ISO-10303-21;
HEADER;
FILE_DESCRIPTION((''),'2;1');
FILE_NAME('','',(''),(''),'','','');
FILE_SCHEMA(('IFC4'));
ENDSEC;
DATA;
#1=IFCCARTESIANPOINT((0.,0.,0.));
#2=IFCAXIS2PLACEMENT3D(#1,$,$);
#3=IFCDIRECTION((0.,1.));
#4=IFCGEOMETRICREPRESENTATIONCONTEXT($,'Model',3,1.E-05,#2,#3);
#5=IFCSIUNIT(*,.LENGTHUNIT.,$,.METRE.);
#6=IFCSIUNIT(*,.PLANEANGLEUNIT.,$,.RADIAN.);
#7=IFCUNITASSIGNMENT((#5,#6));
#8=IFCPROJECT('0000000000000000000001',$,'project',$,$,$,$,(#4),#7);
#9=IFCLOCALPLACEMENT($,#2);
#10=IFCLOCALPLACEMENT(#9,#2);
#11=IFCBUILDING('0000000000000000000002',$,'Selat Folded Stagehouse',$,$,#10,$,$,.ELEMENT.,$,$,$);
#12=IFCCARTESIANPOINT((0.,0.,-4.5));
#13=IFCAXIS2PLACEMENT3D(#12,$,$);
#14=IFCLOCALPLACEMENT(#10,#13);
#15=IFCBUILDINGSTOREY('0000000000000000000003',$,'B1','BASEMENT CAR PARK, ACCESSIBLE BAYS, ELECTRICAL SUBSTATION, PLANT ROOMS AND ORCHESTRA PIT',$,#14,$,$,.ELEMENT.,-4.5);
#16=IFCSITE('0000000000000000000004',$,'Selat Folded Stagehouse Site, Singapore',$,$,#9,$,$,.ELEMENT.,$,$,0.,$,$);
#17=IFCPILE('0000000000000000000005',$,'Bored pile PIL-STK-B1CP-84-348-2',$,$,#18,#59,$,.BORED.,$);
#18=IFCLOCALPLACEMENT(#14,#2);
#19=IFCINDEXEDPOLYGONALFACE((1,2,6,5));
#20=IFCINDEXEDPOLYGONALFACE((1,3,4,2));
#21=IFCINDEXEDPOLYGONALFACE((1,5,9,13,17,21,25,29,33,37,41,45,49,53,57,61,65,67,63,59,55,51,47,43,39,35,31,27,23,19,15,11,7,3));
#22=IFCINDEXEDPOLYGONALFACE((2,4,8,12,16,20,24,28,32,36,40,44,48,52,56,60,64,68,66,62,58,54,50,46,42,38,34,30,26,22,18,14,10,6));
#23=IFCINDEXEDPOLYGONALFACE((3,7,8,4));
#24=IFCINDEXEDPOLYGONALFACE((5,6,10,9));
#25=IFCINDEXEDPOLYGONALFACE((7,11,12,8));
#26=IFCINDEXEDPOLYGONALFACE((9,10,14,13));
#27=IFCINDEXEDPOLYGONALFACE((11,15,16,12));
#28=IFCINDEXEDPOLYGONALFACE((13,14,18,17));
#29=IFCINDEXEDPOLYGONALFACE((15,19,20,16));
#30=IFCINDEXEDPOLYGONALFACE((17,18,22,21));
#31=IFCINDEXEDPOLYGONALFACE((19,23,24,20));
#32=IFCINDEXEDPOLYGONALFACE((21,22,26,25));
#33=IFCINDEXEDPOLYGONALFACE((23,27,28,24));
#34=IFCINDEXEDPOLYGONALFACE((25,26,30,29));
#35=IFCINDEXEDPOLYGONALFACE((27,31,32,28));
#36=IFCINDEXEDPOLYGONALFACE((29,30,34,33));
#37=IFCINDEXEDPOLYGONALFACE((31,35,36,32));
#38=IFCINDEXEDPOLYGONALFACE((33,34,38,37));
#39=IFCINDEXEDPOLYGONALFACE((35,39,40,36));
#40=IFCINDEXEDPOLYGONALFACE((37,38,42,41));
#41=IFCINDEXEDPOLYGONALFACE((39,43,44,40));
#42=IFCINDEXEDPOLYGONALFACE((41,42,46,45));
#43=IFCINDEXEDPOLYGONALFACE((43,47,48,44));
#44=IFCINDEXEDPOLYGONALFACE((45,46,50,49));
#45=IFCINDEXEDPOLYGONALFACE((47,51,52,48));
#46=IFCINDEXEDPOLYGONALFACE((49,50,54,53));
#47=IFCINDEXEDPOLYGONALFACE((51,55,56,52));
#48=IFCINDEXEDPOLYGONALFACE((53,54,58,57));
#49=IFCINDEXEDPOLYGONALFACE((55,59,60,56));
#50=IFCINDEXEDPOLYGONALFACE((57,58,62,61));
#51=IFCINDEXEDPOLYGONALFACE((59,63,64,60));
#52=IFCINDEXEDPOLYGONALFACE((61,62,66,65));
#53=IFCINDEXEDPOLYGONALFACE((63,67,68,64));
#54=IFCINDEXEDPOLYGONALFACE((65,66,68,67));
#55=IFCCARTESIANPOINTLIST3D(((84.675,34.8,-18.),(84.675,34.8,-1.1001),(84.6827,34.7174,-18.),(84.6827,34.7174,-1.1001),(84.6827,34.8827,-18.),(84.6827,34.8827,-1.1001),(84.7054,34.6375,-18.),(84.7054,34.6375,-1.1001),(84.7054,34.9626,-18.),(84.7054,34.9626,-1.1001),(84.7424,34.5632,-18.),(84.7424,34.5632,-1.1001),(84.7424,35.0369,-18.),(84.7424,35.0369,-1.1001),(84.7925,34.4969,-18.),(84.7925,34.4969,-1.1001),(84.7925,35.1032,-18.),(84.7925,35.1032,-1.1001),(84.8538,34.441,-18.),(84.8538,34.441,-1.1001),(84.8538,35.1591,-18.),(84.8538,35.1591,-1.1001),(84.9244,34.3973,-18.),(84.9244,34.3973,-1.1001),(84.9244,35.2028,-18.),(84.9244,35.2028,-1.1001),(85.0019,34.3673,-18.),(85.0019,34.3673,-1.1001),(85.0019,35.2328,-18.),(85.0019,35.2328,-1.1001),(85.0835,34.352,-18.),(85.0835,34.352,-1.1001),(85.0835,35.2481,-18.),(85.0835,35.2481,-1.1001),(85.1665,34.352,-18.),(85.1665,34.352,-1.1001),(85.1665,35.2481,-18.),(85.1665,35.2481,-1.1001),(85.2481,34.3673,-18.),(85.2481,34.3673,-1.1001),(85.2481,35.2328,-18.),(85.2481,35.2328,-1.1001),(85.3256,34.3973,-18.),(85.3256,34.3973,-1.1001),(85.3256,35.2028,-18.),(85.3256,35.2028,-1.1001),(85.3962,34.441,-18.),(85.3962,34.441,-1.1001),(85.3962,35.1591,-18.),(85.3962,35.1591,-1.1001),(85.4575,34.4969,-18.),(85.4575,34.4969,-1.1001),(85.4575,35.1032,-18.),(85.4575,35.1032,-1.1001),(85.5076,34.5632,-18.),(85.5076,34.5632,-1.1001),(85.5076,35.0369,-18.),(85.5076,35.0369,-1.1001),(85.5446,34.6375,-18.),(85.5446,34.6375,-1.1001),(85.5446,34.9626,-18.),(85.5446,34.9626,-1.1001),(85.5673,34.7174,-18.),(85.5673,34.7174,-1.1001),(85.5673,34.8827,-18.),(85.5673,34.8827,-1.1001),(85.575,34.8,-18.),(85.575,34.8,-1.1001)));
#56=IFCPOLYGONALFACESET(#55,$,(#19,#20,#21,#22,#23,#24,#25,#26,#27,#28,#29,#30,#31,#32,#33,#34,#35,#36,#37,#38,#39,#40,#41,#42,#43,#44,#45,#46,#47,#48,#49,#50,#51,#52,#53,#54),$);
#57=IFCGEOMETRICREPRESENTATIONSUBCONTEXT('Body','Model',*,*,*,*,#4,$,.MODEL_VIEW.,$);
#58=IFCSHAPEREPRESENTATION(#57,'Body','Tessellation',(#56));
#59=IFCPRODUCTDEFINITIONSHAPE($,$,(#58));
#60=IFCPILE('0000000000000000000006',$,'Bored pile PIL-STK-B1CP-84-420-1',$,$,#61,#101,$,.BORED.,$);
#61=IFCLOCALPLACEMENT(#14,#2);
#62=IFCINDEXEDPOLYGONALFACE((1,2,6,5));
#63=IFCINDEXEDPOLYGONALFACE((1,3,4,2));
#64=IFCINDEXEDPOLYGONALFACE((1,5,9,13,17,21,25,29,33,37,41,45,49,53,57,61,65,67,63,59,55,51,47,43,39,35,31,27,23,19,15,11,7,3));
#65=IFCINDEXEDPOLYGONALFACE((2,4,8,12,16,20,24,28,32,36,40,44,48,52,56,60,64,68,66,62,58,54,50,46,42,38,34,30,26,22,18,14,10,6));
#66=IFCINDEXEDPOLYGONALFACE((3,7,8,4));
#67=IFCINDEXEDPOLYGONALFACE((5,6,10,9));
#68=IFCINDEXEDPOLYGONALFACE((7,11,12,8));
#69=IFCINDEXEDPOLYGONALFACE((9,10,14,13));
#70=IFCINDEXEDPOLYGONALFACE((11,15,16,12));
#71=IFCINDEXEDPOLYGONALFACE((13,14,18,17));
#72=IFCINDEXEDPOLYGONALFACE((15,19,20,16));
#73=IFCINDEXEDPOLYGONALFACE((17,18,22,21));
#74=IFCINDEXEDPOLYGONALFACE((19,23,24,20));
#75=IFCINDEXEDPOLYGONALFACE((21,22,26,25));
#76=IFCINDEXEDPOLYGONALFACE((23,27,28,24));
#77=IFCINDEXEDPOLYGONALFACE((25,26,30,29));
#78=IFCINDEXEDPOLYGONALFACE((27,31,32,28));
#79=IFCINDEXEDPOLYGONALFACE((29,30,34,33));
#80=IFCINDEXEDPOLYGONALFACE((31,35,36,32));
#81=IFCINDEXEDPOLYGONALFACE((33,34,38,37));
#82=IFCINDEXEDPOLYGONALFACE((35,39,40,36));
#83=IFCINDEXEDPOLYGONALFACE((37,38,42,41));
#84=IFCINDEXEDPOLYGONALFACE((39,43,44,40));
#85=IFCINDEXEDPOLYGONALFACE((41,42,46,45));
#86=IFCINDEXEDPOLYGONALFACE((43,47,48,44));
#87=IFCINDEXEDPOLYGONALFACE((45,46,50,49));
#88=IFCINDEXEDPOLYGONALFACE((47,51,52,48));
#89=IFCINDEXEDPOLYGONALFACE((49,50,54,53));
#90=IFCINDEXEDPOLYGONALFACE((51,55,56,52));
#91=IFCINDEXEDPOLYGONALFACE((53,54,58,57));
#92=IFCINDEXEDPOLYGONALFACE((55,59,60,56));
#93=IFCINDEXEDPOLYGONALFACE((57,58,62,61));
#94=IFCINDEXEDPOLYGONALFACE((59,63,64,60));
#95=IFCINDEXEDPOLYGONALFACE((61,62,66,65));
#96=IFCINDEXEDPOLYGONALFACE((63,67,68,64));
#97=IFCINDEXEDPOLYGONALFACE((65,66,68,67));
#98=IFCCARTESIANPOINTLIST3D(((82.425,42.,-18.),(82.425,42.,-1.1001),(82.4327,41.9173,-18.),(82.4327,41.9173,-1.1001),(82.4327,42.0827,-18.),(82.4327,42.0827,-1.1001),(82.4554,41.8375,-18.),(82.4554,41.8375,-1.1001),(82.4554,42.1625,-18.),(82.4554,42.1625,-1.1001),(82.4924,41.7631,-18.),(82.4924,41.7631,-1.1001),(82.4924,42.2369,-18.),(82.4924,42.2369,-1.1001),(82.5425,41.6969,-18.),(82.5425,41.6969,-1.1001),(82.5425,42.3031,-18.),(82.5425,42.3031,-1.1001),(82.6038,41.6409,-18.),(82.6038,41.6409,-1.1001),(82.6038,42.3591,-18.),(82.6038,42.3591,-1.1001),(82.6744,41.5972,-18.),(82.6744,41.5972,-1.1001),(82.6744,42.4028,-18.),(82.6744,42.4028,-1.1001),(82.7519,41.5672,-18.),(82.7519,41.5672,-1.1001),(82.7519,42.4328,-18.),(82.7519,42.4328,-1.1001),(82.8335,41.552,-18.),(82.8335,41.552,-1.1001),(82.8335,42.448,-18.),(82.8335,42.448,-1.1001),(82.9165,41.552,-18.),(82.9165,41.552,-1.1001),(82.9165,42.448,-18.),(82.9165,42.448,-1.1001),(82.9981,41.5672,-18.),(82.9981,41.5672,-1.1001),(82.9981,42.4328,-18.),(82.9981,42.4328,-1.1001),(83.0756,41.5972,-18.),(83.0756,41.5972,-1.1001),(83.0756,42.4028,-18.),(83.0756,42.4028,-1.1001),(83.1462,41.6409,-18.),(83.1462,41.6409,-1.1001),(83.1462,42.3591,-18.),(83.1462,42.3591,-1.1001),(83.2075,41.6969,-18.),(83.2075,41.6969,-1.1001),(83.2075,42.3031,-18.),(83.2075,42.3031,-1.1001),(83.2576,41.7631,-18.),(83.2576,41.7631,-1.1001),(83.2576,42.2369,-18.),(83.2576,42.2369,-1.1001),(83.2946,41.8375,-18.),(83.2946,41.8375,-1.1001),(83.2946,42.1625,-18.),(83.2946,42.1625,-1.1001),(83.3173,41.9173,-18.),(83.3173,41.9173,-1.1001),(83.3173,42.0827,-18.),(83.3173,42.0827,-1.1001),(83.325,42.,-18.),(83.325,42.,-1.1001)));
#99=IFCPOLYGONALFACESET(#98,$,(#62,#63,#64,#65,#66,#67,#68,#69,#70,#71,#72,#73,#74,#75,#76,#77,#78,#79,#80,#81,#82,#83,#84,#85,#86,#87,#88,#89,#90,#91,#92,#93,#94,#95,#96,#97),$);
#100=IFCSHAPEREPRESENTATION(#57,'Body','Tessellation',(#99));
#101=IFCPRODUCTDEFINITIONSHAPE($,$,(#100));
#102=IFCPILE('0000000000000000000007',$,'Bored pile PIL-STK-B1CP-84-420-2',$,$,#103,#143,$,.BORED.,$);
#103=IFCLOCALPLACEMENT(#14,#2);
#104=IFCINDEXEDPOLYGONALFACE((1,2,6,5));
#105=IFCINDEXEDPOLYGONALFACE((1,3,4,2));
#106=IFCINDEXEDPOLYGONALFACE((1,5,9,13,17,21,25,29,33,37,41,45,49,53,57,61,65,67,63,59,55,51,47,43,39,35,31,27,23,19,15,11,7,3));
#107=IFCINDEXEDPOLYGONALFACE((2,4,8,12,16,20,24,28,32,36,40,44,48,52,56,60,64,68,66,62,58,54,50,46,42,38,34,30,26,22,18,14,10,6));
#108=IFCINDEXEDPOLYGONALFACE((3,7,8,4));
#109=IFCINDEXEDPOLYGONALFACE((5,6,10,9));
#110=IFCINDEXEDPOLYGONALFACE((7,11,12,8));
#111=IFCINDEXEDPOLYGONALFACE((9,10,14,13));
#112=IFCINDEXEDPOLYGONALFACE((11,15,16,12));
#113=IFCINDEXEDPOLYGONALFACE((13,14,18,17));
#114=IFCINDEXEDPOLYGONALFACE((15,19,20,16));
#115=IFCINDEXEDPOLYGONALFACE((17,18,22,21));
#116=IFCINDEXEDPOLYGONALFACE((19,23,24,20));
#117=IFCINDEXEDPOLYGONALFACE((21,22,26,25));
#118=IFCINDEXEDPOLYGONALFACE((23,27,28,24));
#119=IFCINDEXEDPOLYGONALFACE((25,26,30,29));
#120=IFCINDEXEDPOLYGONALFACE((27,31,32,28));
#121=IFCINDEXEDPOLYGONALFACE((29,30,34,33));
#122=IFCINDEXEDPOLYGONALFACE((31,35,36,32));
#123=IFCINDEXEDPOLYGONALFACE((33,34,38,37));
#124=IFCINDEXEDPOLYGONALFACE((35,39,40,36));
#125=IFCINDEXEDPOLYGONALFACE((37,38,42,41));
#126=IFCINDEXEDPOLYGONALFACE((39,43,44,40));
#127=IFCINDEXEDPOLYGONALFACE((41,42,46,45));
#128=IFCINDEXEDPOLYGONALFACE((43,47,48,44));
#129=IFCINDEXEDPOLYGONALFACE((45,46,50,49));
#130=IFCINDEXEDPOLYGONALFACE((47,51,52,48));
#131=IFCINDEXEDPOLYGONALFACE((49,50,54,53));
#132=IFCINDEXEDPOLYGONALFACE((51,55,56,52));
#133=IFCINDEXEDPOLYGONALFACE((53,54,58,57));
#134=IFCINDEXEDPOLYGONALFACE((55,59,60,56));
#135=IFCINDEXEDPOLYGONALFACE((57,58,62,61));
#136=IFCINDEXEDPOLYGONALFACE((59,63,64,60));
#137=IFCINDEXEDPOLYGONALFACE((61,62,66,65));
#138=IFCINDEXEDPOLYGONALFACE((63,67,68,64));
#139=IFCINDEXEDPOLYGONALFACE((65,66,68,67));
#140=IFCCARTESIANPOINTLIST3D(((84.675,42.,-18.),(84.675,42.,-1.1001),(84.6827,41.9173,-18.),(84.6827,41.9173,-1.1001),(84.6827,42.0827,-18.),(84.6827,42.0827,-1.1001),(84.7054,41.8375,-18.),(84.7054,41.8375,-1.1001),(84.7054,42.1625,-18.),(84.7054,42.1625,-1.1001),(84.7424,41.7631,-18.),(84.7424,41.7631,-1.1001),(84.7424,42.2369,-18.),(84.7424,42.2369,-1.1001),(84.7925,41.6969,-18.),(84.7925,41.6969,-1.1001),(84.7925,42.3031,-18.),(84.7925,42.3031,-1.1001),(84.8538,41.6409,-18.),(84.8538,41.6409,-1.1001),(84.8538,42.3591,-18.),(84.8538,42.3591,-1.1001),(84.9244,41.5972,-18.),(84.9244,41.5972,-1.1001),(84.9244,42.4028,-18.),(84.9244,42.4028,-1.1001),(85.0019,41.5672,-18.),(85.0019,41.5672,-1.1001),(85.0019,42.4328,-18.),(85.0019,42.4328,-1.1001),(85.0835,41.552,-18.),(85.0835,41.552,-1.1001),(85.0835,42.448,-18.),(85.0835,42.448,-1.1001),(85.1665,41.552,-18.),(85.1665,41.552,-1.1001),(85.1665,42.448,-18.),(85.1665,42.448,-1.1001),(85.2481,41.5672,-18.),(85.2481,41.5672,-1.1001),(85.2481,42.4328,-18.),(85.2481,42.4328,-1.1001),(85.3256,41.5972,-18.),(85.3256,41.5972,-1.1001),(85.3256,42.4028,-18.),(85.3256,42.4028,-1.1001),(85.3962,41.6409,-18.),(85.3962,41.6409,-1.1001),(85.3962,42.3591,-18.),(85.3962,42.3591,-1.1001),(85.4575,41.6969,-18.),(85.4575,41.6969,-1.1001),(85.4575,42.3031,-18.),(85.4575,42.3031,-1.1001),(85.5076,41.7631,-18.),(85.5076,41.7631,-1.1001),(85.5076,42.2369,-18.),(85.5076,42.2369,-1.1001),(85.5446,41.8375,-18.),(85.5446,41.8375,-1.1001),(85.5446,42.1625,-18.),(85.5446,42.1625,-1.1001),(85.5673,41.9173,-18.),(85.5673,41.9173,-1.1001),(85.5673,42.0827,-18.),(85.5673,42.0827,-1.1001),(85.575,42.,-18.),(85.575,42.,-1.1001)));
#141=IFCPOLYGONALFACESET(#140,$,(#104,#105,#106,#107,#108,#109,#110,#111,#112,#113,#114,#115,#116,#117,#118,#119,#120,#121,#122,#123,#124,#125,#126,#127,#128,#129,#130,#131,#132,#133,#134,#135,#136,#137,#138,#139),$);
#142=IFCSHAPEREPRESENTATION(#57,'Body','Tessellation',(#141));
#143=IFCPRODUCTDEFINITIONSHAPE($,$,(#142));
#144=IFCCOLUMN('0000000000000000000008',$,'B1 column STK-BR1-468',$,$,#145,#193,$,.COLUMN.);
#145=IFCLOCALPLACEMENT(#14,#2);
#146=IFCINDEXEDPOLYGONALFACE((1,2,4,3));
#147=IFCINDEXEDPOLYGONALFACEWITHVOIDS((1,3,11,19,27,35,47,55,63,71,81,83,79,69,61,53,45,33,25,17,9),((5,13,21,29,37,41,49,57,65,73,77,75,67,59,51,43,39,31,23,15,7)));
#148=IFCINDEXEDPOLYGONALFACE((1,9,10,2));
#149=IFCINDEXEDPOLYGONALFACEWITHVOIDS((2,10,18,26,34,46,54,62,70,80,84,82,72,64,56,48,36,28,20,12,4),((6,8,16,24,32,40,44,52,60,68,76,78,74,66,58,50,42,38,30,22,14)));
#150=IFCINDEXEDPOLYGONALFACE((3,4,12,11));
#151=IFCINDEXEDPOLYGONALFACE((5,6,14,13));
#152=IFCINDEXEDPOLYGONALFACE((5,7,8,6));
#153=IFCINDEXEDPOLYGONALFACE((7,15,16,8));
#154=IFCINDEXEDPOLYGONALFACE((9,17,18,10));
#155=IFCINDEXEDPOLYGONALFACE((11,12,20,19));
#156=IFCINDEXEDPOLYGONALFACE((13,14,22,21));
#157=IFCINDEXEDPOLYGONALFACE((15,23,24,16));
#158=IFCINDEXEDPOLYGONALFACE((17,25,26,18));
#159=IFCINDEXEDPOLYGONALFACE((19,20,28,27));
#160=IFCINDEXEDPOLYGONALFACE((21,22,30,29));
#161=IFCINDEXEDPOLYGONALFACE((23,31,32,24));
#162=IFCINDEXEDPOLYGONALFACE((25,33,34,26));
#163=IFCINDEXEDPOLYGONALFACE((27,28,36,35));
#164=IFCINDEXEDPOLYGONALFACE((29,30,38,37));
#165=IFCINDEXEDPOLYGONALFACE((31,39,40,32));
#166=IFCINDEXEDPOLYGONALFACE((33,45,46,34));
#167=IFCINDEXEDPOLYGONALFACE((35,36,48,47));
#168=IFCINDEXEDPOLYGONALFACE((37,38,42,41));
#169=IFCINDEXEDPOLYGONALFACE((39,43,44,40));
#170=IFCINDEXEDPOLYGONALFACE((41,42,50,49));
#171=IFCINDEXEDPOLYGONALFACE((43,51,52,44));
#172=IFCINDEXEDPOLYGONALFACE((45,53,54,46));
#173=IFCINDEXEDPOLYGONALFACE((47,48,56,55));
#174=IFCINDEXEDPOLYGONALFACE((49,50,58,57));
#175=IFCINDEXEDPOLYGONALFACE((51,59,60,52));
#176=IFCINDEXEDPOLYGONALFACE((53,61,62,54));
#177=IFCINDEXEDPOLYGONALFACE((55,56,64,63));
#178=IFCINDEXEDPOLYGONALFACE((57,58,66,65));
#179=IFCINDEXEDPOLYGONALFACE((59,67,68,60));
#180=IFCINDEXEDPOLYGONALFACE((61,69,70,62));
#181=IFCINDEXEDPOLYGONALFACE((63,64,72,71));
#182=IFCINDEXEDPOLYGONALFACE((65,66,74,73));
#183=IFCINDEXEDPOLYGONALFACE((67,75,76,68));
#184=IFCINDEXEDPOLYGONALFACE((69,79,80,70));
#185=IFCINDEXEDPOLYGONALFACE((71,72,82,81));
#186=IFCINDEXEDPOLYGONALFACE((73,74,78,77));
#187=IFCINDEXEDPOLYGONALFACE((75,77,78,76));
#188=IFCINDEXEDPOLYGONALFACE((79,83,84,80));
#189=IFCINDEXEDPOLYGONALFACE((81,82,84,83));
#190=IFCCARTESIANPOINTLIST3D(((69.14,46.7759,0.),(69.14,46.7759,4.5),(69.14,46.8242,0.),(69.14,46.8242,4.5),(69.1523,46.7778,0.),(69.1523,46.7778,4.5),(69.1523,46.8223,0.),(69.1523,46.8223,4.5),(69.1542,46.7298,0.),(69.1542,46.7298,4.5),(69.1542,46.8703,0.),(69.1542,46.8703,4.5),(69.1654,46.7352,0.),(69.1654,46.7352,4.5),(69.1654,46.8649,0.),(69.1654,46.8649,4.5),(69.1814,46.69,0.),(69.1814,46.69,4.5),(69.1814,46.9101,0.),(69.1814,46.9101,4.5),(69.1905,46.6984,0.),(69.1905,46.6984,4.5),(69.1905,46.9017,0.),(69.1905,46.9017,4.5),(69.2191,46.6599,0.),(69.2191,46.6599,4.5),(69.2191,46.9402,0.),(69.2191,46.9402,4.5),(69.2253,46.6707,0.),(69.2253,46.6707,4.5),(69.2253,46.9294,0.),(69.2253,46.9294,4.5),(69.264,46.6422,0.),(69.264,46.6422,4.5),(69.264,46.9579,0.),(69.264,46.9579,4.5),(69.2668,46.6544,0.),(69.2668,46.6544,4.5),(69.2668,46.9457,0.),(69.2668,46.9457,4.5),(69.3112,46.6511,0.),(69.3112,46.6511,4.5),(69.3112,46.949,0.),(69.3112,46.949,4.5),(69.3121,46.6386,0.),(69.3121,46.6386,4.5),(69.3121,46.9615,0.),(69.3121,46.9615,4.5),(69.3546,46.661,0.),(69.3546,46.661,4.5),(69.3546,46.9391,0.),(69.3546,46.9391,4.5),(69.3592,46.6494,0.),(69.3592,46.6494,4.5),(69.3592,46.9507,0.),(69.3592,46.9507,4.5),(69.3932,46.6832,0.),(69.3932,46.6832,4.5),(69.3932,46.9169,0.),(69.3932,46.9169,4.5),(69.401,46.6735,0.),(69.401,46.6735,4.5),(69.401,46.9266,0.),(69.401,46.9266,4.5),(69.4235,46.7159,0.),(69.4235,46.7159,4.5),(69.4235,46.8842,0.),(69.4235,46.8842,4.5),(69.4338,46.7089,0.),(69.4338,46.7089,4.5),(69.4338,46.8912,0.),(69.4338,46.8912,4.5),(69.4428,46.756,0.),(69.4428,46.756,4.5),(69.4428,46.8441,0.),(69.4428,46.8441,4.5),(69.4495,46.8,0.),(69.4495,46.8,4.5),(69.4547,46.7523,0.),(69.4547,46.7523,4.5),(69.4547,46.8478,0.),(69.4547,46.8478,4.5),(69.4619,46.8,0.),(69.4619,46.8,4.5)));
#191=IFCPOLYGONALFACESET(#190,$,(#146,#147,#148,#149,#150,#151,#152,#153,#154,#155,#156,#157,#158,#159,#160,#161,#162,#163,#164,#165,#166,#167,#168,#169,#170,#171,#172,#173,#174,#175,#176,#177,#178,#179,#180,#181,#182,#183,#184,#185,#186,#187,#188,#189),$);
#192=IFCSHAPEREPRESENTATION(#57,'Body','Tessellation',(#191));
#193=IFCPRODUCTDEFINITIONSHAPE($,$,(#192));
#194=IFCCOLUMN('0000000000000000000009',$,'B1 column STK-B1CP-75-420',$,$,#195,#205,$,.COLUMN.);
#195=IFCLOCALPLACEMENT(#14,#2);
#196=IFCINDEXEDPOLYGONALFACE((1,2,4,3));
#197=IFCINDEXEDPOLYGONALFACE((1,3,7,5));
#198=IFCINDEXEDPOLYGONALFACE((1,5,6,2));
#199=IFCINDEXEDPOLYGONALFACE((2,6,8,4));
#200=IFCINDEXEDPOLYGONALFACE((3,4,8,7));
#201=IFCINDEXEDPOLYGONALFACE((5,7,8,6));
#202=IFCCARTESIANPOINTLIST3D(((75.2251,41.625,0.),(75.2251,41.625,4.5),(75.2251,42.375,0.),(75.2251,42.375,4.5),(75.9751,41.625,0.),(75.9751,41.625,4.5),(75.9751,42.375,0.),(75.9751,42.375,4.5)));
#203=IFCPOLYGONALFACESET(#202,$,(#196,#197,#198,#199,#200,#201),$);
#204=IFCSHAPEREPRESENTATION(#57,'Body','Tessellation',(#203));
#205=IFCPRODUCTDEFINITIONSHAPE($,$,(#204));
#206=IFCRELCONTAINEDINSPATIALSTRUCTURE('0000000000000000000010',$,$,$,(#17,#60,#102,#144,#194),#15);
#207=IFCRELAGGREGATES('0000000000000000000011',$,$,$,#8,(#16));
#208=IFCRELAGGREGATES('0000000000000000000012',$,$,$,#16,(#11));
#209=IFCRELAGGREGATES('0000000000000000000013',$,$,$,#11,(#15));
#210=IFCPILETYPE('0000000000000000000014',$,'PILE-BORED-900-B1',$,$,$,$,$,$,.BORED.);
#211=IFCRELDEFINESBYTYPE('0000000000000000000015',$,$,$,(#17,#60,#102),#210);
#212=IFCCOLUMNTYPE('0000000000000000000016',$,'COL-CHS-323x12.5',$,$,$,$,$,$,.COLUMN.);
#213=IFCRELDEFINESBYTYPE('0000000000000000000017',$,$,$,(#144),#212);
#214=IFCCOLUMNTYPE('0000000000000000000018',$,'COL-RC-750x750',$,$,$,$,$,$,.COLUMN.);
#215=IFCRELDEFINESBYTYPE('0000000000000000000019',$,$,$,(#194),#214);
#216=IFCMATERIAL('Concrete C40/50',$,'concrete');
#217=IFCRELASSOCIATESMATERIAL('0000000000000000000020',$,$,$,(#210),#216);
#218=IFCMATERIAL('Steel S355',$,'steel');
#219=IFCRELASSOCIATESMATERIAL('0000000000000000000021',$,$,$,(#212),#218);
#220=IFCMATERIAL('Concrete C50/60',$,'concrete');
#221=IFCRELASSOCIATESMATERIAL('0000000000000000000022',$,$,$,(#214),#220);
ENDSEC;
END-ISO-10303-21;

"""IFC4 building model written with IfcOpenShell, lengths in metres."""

from ifc_helpers import new_model, si_unit, direction, frame, origin, origin_2d, place, context, subcontext, project, spatial, rectangle, circle, hollow_circle, extrude, material, material_profile, profile_set, type_object, element, save


model = new_model("IFC4")

# Units and contexts
model_context = context("Model", 3, precision=1e-05, world=origin(), true_north=direction((0.0, 1.0)))
body_context = subcontext(model_context, "Body", "Model", "MODEL_VIEW")
ifc_project = project(units=[si_unit("LENGTHUNIT", "METRE"), si_unit("PLANEANGLEUNIT", "RADIAN")], contexts=[model_context])

# Site, building, storey
site_placement = place(None, origin())
site = spatial("IfcSite", under=ifc_project, at=site_placement, Name="Selat Folded Stagehouse Site, Singapore", CompositionType="ELEMENT", RefElevation=0.0)
building_placement = place(site_placement, origin())
building = spatial("IfcBuilding", under=site, at=building_placement, Name="Selat Folded Stagehouse", CompositionType="ELEMENT")
storey_placement = place(building_placement, frame((0.0, 0.0, -4.5)))
storey = spatial("IfcBuildingStorey", under=building, at=storey_placement, Name="B1", Description="BASEMENT CAR PARK, ACCESSIBLE BAYS, ELECTRICAL SUBSTATION, PLANT ROOMS AND ORCHESTRA PIT", CompositionType="ELEMENT", Elevation=-4.5)

# Shared definitions
ifc_material_1 = material(Name="Concrete C40/50", Category="concrete")

# Piles
ifc_material_profile_1 = material_profile(ifc_material_1, circle(Radius=0.45, at=origin_2d()), Name="PILE D900")
ifc_profile_set_1 = profile_set([ifc_material_profile_1], Name="Concrete C40/50")
pile_type_1 = type_object("IfcPileType", Name="PILE-BORED-900-B1", PredefinedType="BORED", material=ifc_profile_set_1)
for number, where, z_axis, x_axis, name in (
    (1, (85.125, 34.8, -1.1001), (0.0, 0.0, -1.0), (1.0, 0.0, 0.0), "Bored pile PIL-STK-B1CP-84-348-2"),
    (2, (82.875, 42.0, -1.1001), (0.0, 0.0, -1.0), (1.0, 0.0, 0.0), "Bored pile PIL-STK-B1CP-84-420-1"),
    (3, (85.125, 42.0, -1.1001), (0.0, 0.0, -1.0), (1.0, 0.0, 0.0), "Bored pile PIL-STK-B1CP-84-420-2"),
):
    element("IfcPile", number, at=place(storey_placement, frame(where, z_axis=z_axis, x_axis=x_axis)), inside=storey, type_object=pile_type_1, Name=name, PredefinedType="BORED", context=body_context, shape_type="SweptSolid", body=[
        extrude(circle(Radius=0.45, at=origin_2d()), origin(), (0.0, 0.0, 1.0), 16.8999),
    ])

# Columns
ifc_material_2 = material(Name="Steel S355", Category="steel")
ifc_material_profile_2 = material_profile(ifc_material_2, hollow_circle(Radius=0.1619, WallThickness=0.0125, at=origin_2d()), Name="CHS 323.9x12.5")
ifc_profile_set_2 = profile_set([ifc_material_profile_2], Name="Steel S355")
column_type_1 = type_object("IfcColumnType", Name="COL-CHS-323x12.5", PredefinedType="COLUMN", material=ifc_profile_set_2)
column_placement = place(storey_placement, frame((69.3, 46.8, 0.0), z_axis=(0.0, 0.0, 1.0), x_axis=(1.0, 0.0, 0.0)))
element("IfcColumn", 4, at=column_placement, inside=storey, type_object=column_type_1, Name="B1 column STK-BR1-468", PredefinedType="COLUMN", context=body_context, shape_type="SweptSolid", body=[
    extrude(hollow_circle(Radius=0.1619, WallThickness=0.0125, at=origin_2d()), origin(), (0.0, 0.0, 1.0), 4.5),
])
ifc_material_3 = material(Name="Concrete C50/60", Category="concrete")
ifc_material_profile_3 = material_profile(ifc_material_3, rectangle(XDim=0.75, YDim=0.75, at=origin_2d()), Name="RC 750x750")
ifc_profile_set_3 = profile_set([ifc_material_profile_3], Name="Concrete C50/60")
column_type_2 = type_object("IfcColumnType", Name="COL-RC-750x750", PredefinedType="COLUMN", material=ifc_profile_set_3)
for number, where, z_axis, x_axis, name in (
    (5, (75.6001, 42.0, 0.0), (0.0, 0.0, 1.0), (1.0, 0.0, 0.0), "B1 column STK-B1CP-75-420"),
):
    element("IfcColumn", number, at=place(storey_placement, frame(where, z_axis=z_axis, x_axis=x_axis)), inside=storey, type_object=column_type_2, Name=name, PredefinedType="COLUMN", context=body_context, shape_type="SweptSolid", body=[
        extrude(rectangle(XDim=0.75, YDim=0.75, at=origin_2d()), origin(), (0.0, 0.0, 1.0), 4.5),
    ])

save(model, "model.ifc")
